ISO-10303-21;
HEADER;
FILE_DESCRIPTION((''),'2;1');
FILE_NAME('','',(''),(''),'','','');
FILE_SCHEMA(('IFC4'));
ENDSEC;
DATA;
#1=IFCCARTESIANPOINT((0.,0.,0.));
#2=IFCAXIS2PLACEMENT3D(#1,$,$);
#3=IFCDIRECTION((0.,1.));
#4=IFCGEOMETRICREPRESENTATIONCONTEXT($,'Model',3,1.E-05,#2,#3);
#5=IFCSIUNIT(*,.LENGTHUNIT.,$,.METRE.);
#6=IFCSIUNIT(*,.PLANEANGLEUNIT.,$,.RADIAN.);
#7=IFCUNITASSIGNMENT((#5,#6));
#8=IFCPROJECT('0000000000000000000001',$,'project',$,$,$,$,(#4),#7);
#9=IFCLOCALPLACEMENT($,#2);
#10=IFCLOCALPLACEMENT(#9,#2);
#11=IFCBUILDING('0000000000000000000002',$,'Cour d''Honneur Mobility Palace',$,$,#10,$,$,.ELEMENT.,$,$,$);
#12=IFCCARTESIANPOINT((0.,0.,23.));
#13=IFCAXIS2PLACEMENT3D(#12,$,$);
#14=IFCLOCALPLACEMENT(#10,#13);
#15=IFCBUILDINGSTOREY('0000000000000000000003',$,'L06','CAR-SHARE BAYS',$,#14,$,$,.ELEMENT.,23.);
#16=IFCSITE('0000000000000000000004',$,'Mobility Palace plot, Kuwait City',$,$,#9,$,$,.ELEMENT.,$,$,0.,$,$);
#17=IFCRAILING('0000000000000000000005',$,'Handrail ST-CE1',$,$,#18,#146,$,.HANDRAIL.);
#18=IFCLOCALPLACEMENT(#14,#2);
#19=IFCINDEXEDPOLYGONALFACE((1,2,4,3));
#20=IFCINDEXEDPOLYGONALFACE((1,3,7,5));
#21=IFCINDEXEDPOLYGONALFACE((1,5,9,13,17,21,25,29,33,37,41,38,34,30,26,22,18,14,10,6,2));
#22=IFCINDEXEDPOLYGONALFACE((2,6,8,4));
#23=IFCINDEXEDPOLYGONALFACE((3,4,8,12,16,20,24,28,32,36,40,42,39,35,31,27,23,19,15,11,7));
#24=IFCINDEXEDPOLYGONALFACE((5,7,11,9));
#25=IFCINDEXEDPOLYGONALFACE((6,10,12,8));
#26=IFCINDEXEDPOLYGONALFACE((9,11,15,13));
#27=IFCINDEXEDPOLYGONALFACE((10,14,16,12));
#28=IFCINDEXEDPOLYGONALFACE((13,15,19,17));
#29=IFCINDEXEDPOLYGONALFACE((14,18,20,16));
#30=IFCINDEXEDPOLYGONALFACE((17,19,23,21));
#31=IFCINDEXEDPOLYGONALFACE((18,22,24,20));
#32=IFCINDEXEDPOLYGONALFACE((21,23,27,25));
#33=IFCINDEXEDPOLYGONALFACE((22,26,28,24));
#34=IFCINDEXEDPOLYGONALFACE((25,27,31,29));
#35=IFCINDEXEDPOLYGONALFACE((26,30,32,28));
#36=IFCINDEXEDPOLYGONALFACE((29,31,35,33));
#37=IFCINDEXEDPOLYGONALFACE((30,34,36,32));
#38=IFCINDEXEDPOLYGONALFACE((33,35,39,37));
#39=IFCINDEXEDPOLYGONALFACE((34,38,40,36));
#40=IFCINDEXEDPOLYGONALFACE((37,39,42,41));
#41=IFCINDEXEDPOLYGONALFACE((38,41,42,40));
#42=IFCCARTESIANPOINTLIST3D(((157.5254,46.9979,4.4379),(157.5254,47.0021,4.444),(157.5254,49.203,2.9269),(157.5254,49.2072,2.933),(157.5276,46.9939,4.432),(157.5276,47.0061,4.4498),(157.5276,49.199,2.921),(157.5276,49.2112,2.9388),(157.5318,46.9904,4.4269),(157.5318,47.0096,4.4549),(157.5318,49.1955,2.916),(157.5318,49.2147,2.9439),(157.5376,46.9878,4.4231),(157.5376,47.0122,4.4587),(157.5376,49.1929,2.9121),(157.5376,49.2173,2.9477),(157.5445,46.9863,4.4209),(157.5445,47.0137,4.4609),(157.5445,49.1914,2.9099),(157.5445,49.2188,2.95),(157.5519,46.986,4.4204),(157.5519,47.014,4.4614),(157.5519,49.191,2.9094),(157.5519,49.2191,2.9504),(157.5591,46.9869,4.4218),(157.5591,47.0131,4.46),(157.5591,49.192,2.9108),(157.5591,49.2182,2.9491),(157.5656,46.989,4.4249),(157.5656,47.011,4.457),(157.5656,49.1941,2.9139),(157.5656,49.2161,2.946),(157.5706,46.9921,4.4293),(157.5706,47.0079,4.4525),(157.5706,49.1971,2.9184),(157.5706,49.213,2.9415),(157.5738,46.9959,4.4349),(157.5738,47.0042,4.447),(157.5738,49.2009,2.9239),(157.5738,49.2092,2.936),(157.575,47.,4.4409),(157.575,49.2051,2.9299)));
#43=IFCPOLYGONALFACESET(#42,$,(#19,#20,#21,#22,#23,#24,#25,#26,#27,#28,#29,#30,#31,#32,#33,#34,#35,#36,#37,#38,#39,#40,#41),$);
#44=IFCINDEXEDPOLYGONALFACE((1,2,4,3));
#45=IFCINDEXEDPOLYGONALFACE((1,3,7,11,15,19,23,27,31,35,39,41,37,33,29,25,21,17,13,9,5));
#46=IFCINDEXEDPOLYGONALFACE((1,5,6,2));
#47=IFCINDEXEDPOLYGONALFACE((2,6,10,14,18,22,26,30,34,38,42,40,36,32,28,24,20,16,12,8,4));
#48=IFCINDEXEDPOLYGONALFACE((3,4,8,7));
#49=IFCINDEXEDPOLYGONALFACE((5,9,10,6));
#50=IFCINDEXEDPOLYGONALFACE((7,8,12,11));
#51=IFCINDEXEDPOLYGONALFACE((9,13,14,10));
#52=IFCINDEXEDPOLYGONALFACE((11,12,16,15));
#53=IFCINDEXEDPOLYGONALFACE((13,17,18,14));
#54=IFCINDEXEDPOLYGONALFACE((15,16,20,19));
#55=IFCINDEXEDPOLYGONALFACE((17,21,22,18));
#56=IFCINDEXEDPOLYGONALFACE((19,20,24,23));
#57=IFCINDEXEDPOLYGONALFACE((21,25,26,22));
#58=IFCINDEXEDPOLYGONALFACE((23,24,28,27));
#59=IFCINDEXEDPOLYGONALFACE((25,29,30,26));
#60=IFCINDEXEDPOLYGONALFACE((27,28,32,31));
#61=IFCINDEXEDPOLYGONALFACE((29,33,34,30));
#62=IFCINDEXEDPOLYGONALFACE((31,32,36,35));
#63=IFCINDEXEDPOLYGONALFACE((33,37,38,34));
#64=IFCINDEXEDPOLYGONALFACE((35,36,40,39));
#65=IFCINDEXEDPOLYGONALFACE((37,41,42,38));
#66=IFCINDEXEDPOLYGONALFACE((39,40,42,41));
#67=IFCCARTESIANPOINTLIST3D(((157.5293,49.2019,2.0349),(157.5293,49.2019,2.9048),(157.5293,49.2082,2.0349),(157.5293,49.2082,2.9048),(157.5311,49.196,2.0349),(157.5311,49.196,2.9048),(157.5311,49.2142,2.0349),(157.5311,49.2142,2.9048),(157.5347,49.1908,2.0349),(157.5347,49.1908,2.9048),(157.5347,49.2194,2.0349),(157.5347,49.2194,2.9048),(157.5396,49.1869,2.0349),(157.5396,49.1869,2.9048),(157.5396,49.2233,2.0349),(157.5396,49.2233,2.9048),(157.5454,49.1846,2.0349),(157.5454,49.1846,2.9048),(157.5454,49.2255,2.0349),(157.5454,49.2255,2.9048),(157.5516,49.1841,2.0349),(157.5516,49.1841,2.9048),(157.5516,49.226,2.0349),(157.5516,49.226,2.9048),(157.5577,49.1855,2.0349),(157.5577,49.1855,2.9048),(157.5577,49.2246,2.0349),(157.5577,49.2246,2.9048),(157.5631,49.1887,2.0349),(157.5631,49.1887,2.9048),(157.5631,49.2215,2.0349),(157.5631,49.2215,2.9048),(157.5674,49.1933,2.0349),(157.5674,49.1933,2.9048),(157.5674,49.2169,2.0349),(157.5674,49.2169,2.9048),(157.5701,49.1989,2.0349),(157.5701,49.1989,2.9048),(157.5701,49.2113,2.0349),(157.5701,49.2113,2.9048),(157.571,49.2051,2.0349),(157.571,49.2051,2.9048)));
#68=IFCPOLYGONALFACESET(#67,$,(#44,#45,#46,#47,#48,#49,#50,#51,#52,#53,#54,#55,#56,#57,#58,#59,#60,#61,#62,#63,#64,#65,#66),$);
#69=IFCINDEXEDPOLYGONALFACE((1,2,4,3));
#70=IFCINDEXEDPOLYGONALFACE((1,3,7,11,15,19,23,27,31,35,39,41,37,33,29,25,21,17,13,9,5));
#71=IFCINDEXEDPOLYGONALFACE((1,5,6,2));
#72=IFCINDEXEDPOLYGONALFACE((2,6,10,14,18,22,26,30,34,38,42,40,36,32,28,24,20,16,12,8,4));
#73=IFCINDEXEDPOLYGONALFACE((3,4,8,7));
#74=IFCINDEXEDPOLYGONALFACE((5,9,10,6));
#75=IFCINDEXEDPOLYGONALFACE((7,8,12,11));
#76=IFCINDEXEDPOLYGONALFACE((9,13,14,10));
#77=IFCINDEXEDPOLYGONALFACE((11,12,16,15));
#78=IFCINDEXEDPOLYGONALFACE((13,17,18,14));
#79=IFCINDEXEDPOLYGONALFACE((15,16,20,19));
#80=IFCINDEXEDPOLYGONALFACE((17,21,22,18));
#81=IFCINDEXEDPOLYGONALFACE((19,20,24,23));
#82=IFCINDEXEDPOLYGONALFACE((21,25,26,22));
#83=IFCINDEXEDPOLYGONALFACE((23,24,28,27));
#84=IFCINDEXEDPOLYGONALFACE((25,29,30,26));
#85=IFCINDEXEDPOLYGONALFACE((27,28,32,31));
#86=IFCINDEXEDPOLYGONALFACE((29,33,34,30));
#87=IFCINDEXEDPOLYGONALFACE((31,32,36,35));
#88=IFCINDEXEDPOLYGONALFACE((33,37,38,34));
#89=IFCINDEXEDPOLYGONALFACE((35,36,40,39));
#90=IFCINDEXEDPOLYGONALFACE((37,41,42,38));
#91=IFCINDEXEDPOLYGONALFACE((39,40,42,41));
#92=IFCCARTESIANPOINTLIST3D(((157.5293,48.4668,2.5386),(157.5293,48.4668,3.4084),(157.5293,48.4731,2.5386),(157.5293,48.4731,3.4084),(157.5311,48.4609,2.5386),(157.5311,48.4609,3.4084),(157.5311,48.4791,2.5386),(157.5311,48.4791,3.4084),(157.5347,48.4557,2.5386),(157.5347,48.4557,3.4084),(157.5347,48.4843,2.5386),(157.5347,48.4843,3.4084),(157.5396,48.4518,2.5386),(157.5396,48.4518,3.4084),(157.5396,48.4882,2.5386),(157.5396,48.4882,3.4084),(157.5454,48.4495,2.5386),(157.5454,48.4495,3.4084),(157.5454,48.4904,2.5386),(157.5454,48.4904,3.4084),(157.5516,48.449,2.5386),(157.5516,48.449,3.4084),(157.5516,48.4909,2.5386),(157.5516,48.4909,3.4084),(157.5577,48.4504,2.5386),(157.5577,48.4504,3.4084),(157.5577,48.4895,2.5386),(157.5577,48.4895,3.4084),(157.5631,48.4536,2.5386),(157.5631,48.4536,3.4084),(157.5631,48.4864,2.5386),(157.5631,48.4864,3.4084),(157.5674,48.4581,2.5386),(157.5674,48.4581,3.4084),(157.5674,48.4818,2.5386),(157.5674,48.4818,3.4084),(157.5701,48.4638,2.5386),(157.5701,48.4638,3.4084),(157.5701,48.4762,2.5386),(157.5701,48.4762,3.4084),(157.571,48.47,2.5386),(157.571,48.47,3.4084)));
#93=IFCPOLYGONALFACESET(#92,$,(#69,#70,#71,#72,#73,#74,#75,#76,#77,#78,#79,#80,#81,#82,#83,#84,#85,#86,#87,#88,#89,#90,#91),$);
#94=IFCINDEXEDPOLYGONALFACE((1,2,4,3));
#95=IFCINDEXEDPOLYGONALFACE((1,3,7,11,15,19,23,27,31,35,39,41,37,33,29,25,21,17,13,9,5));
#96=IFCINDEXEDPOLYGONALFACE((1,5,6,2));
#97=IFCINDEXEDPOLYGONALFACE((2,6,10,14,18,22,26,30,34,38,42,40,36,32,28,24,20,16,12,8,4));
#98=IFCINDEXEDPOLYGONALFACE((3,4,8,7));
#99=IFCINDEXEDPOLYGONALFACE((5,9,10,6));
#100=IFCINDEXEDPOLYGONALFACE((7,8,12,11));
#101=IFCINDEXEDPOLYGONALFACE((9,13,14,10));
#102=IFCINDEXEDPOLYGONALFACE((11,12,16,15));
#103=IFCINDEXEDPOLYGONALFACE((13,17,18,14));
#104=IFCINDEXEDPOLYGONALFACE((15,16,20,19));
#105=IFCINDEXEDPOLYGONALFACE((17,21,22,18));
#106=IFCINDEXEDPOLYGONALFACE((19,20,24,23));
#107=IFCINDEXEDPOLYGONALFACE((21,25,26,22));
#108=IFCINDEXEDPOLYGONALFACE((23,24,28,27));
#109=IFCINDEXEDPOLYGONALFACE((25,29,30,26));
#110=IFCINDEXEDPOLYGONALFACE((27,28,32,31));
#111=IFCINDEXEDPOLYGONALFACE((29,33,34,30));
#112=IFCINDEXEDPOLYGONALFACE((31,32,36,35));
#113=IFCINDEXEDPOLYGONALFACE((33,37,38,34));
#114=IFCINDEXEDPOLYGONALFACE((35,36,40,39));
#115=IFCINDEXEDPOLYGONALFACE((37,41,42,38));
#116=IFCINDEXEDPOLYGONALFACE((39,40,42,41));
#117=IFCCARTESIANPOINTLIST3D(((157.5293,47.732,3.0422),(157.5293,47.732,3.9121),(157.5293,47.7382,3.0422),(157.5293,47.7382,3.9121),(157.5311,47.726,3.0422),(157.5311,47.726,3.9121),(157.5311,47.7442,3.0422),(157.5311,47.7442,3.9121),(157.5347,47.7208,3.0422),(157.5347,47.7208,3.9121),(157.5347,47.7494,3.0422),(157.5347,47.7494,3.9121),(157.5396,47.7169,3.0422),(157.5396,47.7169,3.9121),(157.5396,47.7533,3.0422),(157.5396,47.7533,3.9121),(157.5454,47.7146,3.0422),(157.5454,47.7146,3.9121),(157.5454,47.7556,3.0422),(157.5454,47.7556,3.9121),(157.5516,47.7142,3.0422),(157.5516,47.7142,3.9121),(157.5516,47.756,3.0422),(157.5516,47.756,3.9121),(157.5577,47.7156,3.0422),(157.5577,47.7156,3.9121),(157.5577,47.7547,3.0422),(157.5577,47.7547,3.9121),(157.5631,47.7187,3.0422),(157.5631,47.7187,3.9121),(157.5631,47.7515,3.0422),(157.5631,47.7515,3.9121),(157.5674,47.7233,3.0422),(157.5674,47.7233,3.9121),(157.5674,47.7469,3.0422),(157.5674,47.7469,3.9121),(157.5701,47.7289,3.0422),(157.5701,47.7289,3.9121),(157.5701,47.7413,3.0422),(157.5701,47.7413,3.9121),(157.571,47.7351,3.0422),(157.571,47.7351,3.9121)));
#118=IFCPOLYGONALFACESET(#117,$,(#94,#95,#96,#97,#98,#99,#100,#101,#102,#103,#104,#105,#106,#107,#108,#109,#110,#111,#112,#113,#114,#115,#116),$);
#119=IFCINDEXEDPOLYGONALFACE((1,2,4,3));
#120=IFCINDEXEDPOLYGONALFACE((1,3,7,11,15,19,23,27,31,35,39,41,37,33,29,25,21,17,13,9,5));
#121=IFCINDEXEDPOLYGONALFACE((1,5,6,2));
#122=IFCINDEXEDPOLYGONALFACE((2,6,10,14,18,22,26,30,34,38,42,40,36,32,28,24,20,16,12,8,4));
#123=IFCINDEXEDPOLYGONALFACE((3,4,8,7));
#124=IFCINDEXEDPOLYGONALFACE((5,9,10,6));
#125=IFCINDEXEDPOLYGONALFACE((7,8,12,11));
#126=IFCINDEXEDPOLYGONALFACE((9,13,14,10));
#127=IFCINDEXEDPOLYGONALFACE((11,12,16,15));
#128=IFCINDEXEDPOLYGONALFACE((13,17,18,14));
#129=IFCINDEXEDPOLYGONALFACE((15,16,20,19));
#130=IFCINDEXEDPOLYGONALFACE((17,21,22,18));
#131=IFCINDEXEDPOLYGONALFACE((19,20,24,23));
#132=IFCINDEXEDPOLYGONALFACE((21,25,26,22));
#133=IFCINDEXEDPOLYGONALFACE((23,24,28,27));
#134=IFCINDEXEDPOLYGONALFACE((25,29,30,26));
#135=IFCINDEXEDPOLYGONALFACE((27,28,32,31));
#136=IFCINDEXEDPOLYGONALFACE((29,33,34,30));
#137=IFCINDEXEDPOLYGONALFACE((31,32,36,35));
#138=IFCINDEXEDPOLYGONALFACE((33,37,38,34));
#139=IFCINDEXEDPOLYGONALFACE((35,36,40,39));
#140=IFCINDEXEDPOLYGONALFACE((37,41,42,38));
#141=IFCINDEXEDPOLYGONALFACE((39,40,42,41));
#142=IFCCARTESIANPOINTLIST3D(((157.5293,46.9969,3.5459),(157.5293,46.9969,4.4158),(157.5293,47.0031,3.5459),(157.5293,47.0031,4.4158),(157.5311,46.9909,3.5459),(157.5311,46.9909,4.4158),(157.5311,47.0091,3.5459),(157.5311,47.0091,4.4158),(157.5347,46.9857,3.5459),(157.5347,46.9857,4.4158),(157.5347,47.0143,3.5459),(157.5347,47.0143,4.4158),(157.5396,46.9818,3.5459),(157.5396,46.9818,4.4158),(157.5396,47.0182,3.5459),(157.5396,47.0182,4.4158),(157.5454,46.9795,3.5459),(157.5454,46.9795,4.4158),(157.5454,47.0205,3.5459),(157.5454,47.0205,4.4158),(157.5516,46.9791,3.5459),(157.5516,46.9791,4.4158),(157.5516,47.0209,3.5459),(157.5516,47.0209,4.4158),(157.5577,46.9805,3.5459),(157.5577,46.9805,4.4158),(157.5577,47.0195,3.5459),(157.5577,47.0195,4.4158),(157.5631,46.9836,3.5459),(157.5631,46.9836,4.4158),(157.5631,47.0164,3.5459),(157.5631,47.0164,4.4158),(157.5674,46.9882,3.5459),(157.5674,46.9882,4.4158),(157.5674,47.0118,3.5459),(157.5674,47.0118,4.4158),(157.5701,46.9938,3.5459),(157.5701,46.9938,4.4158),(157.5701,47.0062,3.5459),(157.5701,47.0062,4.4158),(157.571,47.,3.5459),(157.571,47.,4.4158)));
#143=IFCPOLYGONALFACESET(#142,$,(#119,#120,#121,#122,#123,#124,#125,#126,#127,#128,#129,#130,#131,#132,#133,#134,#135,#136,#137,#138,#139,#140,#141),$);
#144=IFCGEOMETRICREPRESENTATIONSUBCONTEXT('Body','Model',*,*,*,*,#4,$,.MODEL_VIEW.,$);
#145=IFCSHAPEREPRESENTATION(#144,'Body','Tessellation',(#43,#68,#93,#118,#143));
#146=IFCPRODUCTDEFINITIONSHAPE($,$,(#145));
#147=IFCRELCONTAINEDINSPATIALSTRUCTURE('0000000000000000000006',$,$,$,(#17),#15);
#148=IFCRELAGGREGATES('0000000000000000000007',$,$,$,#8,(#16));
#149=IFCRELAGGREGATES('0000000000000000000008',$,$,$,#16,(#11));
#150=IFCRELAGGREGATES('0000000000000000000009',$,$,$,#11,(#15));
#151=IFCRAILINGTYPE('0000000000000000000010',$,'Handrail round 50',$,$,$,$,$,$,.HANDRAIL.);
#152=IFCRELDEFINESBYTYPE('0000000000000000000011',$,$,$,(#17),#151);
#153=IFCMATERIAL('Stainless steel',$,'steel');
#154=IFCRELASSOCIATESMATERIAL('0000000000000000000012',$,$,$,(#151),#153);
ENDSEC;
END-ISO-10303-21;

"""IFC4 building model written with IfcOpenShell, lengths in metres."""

from ifc_helpers import new_model, si_unit, direction, frame, origin, origin_2d, place, context, subcontext, project, spatial, circle, extrude, material, type_object, element, save


model = new_model("IFC4")

# Units and contexts
model_context = context("Model", 3, precision=1e-05, world=origin(), true_north=direction((0.0, 1.0)))
body_context = subcontext(model_context, "Body", "Model", "MODEL_VIEW")
ifc_project = project(units=[si_unit("LENGTHUNIT", "METRE"), si_unit("PLANEANGLEUNIT", "RADIAN")], contexts=[model_context])

# Site, building, storey
site_placement = place(None, origin())
site = spatial("IfcSite", under=ifc_project, at=site_placement, Name="Mobility Palace plot, Kuwait City", CompositionType="ELEMENT", RefElevation=0.0)
building_placement = place(site_placement, origin())
building = spatial("IfcBuilding", under=site, at=building_placement, Name="Cour d'Honneur Mobility Palace", CompositionType="ELEMENT")
storey_placement = place(building_placement, frame((0.0, 0.0, 23.0)))
storey = spatial("IfcBuildingStorey", under=building, at=storey_placement, Name="L06", Description="CAR-SHARE BAYS", CompositionType="ELEMENT", Elevation=23.0)

# Railing
ifc_material_1 = material(Name="Stainless steel", Category="steel")
railing_type_1 = type_object("IfcRailingType", Name="Handrail round 50", PredefinedType="HANDRAIL", material=ifc_material_1)
railing_1_placement = place(storey_placement, frame((157.55, 49.2051, 2.0349)))
element("IfcRailing", 1, at=railing_1_placement, inside=storey, type_object=railing_type_1, Name="Handrail ST-CE1", PredefinedType="HANDRAIL", context=body_context, shape_type="SweptSolid", body=[
    extrude(circle(Radius=0.0249, at=origin_2d()), frame((0.0, 0.0, 0.895), z_axis=(0.0, -0.824915, 0.565257), x_axis=(1.0, 0.0, 0.0)), (0.0, 0.0, 1.0), 2.6731),
    extrude(circle(Radius=0.021, at=origin_2d()), origin(), (0.0, 0.0, 1.0), 0.8699),
    extrude(circle(Radius=0.021, at=origin_2d()), frame((0.0, -0.7351, 0.5037)), (0.0, 0.0, 1.0), 0.8699),
    extrude(circle(Radius=0.021, at=origin_2d()), frame((0.0, -1.47, 1.0073)), (0.0, 0.0, 1.0), 0.8699),
    extrude(circle(Radius=0.021, at=origin_2d()), frame((0.0, -2.2051, 1.511)), (0.0, 0.0, 1.0), 0.8699),
])

save(model, "model.ifc")
